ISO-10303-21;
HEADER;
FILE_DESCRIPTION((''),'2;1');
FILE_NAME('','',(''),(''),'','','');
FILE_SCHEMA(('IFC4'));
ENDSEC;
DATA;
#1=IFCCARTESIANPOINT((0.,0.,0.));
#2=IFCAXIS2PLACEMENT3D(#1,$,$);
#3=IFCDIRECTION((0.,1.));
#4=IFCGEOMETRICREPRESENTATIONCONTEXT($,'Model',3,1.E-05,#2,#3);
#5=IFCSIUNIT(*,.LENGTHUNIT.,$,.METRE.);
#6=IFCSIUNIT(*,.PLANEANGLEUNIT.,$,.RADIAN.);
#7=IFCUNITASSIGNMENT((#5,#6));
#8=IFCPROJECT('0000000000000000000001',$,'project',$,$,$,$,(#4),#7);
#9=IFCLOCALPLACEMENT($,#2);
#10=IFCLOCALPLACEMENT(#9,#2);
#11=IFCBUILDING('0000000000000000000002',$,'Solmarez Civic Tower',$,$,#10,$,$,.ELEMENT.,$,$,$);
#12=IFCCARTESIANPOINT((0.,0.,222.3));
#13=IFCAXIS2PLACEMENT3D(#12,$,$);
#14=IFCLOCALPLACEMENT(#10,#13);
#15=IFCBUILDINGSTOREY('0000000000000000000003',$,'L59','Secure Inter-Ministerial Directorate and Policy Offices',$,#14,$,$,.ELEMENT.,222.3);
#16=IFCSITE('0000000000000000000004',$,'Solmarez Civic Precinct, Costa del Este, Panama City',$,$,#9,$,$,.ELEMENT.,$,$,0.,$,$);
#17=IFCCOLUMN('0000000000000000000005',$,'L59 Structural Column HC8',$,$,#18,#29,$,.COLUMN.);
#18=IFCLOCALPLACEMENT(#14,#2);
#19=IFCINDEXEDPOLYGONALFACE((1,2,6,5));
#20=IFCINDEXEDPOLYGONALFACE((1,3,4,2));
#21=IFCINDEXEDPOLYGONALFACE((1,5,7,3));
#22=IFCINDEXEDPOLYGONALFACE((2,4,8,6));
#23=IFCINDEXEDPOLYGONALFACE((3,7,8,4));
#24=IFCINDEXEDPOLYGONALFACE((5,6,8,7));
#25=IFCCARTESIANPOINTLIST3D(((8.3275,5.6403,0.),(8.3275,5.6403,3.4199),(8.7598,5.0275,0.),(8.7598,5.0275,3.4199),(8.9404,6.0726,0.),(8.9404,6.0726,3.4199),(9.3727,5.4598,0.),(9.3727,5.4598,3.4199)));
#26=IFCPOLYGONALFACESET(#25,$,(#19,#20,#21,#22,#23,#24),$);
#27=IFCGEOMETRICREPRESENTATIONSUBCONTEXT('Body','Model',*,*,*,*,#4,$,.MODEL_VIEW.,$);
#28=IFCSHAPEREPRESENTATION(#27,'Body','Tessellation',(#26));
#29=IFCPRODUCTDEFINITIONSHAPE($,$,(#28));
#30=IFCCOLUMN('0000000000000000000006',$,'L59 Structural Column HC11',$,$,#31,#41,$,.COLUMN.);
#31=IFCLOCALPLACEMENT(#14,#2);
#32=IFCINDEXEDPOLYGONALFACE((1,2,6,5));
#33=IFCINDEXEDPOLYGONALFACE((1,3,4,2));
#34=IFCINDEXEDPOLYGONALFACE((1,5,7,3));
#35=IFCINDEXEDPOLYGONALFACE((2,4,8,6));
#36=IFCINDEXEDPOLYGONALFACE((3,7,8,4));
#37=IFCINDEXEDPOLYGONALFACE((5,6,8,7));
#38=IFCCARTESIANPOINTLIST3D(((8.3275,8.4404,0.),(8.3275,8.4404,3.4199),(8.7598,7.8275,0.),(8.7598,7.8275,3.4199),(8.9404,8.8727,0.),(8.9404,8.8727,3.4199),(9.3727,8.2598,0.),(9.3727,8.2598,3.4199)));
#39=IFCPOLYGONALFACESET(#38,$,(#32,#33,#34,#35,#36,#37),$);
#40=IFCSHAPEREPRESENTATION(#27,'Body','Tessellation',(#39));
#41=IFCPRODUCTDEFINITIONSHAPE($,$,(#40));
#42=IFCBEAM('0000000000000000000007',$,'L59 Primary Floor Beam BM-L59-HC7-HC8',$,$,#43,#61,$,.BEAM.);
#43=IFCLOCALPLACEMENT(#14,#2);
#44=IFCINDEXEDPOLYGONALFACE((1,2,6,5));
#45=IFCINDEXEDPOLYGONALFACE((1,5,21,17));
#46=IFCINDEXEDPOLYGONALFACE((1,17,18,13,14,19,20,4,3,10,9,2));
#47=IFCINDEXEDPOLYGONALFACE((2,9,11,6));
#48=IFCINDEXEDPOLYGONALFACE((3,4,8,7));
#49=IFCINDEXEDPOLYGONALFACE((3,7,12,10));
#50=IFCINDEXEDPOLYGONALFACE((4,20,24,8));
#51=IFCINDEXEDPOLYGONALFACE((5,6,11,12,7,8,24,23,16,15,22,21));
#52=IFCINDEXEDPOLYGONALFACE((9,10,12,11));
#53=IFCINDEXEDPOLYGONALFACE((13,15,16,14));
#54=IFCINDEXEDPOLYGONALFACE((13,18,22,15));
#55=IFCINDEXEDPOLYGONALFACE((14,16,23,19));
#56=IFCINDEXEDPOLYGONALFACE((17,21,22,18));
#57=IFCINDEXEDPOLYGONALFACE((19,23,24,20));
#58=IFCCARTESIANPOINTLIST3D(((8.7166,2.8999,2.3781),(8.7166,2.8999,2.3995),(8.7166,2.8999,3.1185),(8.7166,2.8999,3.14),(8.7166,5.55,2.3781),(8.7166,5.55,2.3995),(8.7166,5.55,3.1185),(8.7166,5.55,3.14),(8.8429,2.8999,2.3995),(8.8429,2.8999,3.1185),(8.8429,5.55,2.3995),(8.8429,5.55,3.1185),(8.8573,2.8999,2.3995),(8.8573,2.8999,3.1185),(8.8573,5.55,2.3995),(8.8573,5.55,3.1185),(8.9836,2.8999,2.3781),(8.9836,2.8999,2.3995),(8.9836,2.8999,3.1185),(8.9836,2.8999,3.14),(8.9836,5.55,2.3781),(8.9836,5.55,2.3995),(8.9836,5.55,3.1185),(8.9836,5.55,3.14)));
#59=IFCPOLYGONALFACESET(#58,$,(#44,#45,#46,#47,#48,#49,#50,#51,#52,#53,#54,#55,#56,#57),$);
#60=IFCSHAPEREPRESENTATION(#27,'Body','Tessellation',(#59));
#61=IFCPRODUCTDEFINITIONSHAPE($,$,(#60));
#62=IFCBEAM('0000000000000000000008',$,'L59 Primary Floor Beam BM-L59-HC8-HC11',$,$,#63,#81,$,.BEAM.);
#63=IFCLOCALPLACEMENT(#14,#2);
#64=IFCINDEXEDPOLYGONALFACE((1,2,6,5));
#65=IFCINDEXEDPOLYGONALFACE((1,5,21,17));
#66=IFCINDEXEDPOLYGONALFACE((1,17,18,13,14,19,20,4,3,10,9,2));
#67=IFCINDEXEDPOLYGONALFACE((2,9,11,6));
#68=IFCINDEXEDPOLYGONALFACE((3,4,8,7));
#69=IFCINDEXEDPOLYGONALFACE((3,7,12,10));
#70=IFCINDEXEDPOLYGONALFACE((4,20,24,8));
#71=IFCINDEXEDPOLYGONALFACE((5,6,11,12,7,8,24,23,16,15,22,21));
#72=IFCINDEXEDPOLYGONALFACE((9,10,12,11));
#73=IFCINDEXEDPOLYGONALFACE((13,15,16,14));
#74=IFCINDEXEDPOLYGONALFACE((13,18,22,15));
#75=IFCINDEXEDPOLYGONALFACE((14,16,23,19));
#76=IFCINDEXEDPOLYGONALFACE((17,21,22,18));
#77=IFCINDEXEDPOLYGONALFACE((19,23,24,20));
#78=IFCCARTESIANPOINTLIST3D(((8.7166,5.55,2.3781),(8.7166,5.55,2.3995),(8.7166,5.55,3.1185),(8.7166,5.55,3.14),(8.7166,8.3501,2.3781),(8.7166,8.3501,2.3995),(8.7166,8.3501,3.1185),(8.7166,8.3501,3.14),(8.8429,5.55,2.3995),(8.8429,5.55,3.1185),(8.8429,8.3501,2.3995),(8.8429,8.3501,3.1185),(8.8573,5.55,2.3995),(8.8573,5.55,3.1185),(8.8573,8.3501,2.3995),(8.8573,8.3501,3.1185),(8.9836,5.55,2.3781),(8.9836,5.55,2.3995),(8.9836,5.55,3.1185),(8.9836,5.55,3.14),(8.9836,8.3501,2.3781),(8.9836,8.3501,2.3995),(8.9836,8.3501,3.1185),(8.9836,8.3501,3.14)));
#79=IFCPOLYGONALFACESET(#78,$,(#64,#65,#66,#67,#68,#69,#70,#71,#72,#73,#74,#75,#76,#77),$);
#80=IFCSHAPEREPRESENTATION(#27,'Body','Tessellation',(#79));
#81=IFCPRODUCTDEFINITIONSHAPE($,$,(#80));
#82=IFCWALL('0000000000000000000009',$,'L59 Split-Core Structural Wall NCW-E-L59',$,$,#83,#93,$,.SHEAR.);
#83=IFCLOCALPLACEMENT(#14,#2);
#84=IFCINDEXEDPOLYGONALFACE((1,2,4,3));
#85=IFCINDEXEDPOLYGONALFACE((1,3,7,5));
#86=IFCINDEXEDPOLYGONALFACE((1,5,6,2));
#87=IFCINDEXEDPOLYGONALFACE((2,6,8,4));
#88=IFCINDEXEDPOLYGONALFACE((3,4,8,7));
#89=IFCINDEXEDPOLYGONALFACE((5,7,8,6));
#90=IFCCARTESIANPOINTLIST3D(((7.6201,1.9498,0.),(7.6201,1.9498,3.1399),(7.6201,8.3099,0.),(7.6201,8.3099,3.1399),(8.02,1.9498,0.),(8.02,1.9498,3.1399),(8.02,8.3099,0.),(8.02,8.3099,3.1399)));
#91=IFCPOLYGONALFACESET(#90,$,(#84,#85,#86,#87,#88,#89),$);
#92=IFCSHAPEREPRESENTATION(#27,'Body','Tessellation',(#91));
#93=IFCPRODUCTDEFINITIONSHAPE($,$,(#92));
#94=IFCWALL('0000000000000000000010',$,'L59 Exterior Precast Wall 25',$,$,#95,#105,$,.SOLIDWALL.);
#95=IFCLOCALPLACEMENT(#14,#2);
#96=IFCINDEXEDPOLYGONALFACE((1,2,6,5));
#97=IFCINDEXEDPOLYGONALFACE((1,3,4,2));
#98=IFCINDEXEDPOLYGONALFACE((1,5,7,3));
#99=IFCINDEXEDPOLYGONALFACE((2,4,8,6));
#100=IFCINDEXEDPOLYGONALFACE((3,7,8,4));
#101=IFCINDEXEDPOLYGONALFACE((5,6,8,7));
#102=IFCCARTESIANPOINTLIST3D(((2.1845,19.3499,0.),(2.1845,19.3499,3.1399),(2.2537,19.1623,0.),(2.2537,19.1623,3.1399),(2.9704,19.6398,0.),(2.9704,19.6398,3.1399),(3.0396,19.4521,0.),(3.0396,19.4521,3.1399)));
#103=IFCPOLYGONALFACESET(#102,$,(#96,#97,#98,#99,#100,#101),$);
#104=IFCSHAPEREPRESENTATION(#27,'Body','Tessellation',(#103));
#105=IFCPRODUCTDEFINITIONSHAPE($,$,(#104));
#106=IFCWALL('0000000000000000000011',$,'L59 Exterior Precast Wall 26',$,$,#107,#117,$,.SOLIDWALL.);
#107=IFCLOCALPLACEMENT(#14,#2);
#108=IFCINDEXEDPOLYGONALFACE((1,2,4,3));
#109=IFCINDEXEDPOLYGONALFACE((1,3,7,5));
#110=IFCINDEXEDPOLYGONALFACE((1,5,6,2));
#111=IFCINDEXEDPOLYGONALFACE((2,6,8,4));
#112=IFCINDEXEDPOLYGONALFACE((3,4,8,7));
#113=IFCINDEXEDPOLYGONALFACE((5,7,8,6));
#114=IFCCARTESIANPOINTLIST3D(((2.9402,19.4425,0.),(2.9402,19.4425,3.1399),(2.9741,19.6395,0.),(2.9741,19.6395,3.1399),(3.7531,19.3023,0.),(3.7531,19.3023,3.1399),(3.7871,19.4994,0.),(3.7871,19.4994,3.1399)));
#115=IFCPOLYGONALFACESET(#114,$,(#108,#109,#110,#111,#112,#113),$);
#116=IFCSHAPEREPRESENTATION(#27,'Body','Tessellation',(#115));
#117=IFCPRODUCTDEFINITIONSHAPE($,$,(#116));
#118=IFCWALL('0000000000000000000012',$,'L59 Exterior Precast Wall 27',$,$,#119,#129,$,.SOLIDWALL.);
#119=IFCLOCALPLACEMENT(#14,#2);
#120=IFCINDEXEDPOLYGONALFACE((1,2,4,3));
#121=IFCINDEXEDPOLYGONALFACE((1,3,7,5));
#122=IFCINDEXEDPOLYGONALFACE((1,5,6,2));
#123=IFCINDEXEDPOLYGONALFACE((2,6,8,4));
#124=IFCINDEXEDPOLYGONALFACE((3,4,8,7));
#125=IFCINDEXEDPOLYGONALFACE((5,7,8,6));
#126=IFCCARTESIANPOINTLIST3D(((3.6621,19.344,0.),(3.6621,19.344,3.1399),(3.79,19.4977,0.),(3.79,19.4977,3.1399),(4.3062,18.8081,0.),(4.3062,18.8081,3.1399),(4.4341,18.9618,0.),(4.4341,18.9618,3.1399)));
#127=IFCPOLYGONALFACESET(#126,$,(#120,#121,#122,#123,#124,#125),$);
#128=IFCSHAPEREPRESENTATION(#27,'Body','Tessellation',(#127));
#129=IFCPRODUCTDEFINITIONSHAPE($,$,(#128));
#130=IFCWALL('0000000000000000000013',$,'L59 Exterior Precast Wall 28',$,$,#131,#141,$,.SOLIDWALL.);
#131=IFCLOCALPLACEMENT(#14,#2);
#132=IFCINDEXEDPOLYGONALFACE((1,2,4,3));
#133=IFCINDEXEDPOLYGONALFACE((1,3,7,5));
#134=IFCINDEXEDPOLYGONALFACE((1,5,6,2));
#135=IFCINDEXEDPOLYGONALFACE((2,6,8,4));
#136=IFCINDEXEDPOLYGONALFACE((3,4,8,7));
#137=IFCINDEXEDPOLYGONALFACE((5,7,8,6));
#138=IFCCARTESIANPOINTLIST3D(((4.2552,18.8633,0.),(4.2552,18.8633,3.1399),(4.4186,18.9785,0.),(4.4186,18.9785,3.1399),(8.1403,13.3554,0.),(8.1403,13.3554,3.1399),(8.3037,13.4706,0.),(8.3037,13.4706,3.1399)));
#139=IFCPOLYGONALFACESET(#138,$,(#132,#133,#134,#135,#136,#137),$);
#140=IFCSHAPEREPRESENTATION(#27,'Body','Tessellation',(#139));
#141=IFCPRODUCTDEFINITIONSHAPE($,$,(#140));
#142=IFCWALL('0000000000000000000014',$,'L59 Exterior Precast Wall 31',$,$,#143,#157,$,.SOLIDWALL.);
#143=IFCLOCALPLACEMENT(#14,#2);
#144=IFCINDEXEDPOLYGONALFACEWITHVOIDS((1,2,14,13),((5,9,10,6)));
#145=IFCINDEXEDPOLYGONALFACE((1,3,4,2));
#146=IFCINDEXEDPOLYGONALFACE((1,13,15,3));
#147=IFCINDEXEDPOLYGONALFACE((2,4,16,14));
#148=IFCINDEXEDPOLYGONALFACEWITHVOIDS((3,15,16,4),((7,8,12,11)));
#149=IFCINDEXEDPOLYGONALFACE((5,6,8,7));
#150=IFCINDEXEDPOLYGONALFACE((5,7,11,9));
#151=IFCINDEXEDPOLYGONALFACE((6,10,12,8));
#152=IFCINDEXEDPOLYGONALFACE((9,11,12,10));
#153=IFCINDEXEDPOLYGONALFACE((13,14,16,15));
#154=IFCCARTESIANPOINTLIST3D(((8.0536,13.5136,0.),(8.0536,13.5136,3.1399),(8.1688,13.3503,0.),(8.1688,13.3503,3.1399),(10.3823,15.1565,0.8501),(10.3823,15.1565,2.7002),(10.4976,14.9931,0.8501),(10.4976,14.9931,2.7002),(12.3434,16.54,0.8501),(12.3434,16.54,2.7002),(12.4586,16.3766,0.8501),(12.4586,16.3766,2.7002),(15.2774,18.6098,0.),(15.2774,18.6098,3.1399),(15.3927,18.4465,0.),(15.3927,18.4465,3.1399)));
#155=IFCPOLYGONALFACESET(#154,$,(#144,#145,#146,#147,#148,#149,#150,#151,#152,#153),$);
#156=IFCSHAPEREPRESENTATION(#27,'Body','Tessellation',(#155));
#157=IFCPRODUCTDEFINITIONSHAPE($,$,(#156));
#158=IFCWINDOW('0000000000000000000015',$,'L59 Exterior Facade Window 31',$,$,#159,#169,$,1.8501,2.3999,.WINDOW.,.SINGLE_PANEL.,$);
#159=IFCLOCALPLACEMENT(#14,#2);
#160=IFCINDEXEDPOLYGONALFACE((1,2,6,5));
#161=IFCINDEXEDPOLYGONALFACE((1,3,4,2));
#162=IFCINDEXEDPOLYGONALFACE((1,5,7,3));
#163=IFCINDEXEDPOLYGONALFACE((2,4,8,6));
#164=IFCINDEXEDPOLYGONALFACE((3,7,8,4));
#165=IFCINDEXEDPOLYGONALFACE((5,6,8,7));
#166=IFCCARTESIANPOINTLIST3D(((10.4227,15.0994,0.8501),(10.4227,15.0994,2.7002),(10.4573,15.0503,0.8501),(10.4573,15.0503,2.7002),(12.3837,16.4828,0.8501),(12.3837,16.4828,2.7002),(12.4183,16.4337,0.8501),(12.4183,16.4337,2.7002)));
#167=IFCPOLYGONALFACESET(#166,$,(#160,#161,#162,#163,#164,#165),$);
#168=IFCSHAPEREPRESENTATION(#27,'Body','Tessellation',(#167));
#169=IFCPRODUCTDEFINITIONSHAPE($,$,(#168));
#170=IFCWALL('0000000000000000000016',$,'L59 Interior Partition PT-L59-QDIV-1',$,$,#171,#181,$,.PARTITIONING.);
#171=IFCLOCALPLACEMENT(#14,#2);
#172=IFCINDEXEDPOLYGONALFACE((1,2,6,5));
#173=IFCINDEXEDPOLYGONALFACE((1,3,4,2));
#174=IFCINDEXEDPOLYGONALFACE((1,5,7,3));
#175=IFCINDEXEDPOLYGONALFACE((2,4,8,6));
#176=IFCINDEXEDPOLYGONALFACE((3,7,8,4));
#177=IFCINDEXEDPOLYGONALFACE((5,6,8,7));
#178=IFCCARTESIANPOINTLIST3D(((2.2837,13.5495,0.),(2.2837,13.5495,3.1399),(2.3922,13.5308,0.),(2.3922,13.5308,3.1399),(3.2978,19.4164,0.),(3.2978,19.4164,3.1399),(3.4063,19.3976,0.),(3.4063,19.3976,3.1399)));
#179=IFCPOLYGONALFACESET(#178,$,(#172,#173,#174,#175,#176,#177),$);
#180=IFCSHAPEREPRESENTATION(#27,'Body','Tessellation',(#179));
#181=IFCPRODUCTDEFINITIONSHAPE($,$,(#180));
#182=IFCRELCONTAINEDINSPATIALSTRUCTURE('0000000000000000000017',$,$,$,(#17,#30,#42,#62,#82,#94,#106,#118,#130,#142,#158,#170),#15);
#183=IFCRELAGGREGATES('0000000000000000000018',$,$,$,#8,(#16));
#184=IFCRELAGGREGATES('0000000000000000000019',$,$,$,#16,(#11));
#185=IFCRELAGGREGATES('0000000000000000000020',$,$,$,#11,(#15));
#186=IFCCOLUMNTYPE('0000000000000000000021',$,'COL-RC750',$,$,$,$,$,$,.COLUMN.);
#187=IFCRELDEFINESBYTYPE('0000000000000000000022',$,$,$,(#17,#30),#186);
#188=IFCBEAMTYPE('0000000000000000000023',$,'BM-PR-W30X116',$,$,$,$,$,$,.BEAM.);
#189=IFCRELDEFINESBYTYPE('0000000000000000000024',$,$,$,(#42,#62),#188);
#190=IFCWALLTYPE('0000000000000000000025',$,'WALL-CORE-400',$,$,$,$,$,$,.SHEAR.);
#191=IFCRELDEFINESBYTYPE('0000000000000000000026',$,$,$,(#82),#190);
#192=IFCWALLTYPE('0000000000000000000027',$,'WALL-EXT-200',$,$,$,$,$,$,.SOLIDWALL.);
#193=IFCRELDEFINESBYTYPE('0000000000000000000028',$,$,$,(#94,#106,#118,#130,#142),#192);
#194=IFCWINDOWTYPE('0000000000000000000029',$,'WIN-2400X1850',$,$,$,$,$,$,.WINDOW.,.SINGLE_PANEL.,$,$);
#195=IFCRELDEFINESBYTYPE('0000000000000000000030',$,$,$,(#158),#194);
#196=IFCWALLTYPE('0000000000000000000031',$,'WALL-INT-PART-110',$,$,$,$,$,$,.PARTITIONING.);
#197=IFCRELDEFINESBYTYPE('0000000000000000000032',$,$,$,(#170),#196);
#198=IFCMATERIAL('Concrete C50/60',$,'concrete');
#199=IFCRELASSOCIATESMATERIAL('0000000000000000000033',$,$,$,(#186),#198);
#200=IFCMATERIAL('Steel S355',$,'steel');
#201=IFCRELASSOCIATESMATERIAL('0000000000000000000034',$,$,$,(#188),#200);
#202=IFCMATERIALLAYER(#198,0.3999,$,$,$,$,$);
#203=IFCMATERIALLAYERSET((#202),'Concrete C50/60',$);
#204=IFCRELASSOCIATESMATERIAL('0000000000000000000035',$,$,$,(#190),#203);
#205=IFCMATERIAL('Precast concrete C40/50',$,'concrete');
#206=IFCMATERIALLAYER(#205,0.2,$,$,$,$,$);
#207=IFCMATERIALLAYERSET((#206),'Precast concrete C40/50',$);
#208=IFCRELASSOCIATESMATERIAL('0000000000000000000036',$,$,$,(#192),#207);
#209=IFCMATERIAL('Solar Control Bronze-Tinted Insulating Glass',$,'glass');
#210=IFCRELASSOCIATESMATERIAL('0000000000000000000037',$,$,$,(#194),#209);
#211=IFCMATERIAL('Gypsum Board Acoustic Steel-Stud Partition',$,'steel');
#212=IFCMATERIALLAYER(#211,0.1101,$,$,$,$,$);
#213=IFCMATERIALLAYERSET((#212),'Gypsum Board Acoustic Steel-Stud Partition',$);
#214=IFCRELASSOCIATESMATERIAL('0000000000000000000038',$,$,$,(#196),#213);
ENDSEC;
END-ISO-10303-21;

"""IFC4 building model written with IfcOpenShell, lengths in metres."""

from ifc_helpers import new_model, si_unit, direction, frame, frame_2d, origin, origin_2d, place, context, subcontext, project, spatial, rectangle, i_section, extrude, material, layer, layer_set, material_profile, profile_set, type_object, element, fill, save


model = new_model("IFC4")

# Units and contexts
model_context = context("Model", 3, precision=1e-05, world=origin(), true_north=direction((0.0, 1.0)))
body_context = subcontext(model_context, "Body", "Model", "MODEL_VIEW")
ifc_project = project(units=[si_unit("LENGTHUNIT", "METRE"), si_unit("PLANEANGLEUNIT", "RADIAN")], contexts=[model_context])

# Site, building, storey
site_placement = place(None, origin())
site = spatial("IfcSite", under=ifc_project, at=site_placement, Name="Solmarez Civic Precinct, Costa del Este, Panama City", CompositionType="ELEMENT", RefElevation=0.0)
building_placement = place(site_placement, origin())
building = spatial("IfcBuilding", under=site, at=building_placement, Name="Solmarez Civic Tower", CompositionType="ELEMENT")
storey_placement = place(building_placement, frame((0.0, 0.0, 222.3)))
storey = spatial("IfcBuildingStorey", under=building, at=storey_placement, Name="L59", Description="Secure Inter-Ministerial Directorate and Policy Offices", CompositionType="ELEMENT", Elevation=222.3)

# Columns
ifc_material_1 = material(Name="Concrete C50/60", Category="concrete")
ifc_material_profile_1 = material_profile(ifc_material_1, rectangle(XDim=0.75, YDim=0.75, at=origin_2d()), Name="RC750X750")
ifc_profile_set_1 = profile_set([ifc_material_profile_1], Name="Concrete C50/60")
column_type = type_object("IfcColumnType", Name="COL-RC750", PredefinedType="COLUMN", material=ifc_profile_set_1)
for number, where, z_axis, x_axis, name in (
    (1, (8.8501, 5.55, 0.0), (0.0, 0.0, 1.0), (0.817145, 0.576432, 0.0), "L59 Structural Column HC8"),
    (2, (8.8501, 8.3501, 0.0), (0.0, 0.0, 1.0), (0.817145, 0.576432, 0.0), "L59 Structural Column HC11"),
):
    element("IfcColumn", number, at=place(storey_placement, frame(where, z_axis=z_axis, x_axis=x_axis)), inside=storey, type_object=column_type, Name=name, PredefinedType="COLUMN", context=body_context, shape_type="SweptSolid", body=[
        extrude(rectangle(XDim=0.75, YDim=0.75, at=origin_2d()), origin(), (0.0, 0.0, 1.0), 3.4199),
    ])

# Beams
ifc_material_2 = material(Name="Steel S355", Category="steel")
ifc_material_profile_2 = material_profile(ifc_material_2, i_section(OverallWidth=0.2671, OverallDepth=0.762, WebThickness=0.0144, FlangeThickness=0.0215, at=origin_2d()), Name="W30X116")
ifc_profile_set_2 = profile_set([ifc_material_profile_2], Name="Steel S355")
beam_type = type_object("IfcBeamType", Name="BM-PR-W30X116", PredefinedType="BEAM", material=ifc_profile_set_2)
beam_1_placement = place(storey_placement, frame((8.8501, 2.8999, 2.759), z_axis=(0.0, 1.0, 0.0), x_axis=(-1.0, 0.0, 0.0)))
element("IfcBeam", 3, at=beam_1_placement, inside=storey, type_object=beam_type, Name="L59 Primary Floor Beam BM-L59-HC7-HC8", PredefinedType="BEAM", context=body_context, shape_type="SweptSolid", body=[
    extrude(i_section(OverallWidth=0.2671, OverallDepth=0.762, WebThickness=0.0144, FlangeThickness=0.0215, at=origin_2d()), origin(), (0.0, 0.0, 1.0), 2.6501),
])
beam_2_placement = place(storey_placement, frame((8.8501, 5.55, 2.759), z_axis=(0.0, 1.0, 0.0), x_axis=(-1.0, 0.0, 0.0)))
element("IfcBeam", 4, at=beam_2_placement, inside=storey, type_object=beam_type, Name="L59 Primary Floor Beam BM-L59-HC8-HC11", PredefinedType="BEAM", context=body_context, shape_type="SweptSolid", body=[
    extrude(i_section(OverallWidth=0.2671, OverallDepth=0.762, WebThickness=0.0144, FlangeThickness=0.0215, at=origin_2d()), origin(), (0.0, 0.0, 1.0), 2.8),
])

# Walls
ifc_layer_1 = layer(ifc_material_1, 0.3999)
ifc_layer_set_1 = layer_set([ifc_layer_1], Name="Concrete C50/60")
wall_type_1 = type_object("IfcWallType", Name="WALL-CORE-400", PredefinedType="SHEAR", material=ifc_layer_set_1)
wall_1_placement = place(storey_placement, frame((7.8201, 8.3101, 0.0), z_axis=(0.0, 0.0, 1.0), x_axis=(0.0, -1.0, 0.0)))
element("IfcWall", 5, at=wall_1_placement, inside=storey, type_object=wall_type_1, Name="L59 Split-Core Structural Wall NCW-E-L59", PredefinedType="SHEAR", context=body_context, shape_type="SweptSolid", body=[
    extrude(rectangle(XDim=6.3601, YDim=0.3999, at=frame_2d((3.1802, 0.0))), origin(), (0.0, 0.0, 1.0), 3.1399),
])
ifc_material_3 = material(Name="Precast concrete C40/50", Category="concrete")
ifc_layer_2 = layer(ifc_material_3, 0.2)
ifc_layer_set_2 = layer_set([ifc_layer_2], Name="Precast concrete C40/50")
wall_type_2 = type_object("IfcWallType", Name="WALL-EXT-200", PredefinedType="SOLIDWALL", material=ifc_layer_set_2)
wall_2_placement = place(storey_placement, frame((2.219, 19.2561, 0.0), z_axis=(0.0, 0.0, 1.0), x_axis=(0.938244, 0.345975, 0.0)))
element("IfcWall", 6, at=wall_2_placement, inside=storey, type_object=wall_type_2, Name="L59 Exterior Precast Wall 25", PredefinedType="SOLIDWALL", context=body_context, shape_type="SweptSolid", body=[
    extrude(rectangle(XDim=0.8376, YDim=0.2, at=frame_2d((0.4189, 0.0))), origin(), (0.0, 0.0, 1.0), 3.1399),
])
wall_3_placement = place(storey_placement, frame((2.957, 19.541, 0.0), z_axis=(0.0, 0.0, 1.0), x_axis=(0.985467, -0.169867, 0.0)))
element("IfcWall", 7, at=wall_3_placement, inside=storey, type_object=wall_type_2, Name="L59 Exterior Precast Wall 26", PredefinedType="SOLIDWALL", context=body_context, shape_type="SweptSolid", body=[
    extrude(rectangle(XDim=0.825, YDim=0.2, at=frame_2d((0.4126, 0.0))), origin(), (0.0, 0.0, 1.0), 3.1399),
])
wall_4_placement = place(storey_placement, frame((3.7261, 19.4209, 0.0), z_axis=(0.0, 0.0, 1.0), x_axis=(0.768699, -0.639611, 0.0)))
element("IfcWall", 8, at=wall_4_placement, inside=storey, type_object=wall_type_2, Name="L59 Exterior Precast Wall 27", PredefinedType="SOLIDWALL", context=body_context, shape_type="SweptSolid", body=[
    extrude(rectangle(XDim=0.8379, YDim=0.2, at=frame_2d((0.4189, 0.0))), origin(), (0.0, 0.0, 1.0), 3.1399),
])
wall_5_placement = place(storey_placement, frame((4.3369, 18.9209, 0.0), z_axis=(0.0, 0.0, 1.0), x_axis=(0.5764, -0.817168, 0.0)))
element("IfcWall", 9, at=wall_5_placement, inside=storey, type_object=wall_type_2, Name="L59 Exterior Precast Wall 28", PredefinedType="SOLIDWALL", context=body_context, shape_type="SweptSolid", body=[
    extrude(rectangle(XDim=6.7402, YDim=0.2, at=frame_2d((3.3701, 0.0))), origin(), (0.0, 0.0, 1.0), 3.1399),
])

# Wall, opening, window
wall_6_placement = place(storey_placement, frame((8.1111, 13.4319, 0.0), z_axis=(0.0, 0.0, 1.0), x_axis=(0.817129, 0.576455, 0.0)))
wall_6 = element("IfcWall", 10, at=wall_6_placement, inside=storey, type_object=wall_type_2, Name="L59 Exterior Precast Wall 31", PredefinedType="SOLIDWALL", context=body_context, shape_type="SweptSolid", body=[
    extrude(rectangle(XDim=8.8406, YDim=0.2, at=frame_2d((4.4204, 0.0))), origin(), (0.0, 0.0, 1.0), 3.1399),
])
opening_1_placement = place(wall_6_placement, frame((2.8501, 0.0, 0.8501)))
opening_1 = element("IfcOpeningElement", 11, at=opening_1_placement, cuts=wall_6, PredefinedType="OPENING", context=body_context, shape_type="SweptSolid", body=[
    extrude(rectangle(XDim=2.3999, YDim=1.8501, at=frame_2d((1.2, 0.925))), frame((0.0, 0.1099, 0.0), z_axis=(0.0, -1.0, 0.0), x_axis=(1.0, 0.0, 0.0)), (0.0, 0.0, 1.0), 0.22),
])
ifc_material_4 = material(Name="Solar Control Bronze-Tinted Insulating Glass", Category="glass")
window_type = type_object("IfcWindowType", Name="WIN-2400X1850", PartitioningType="SINGLE_PANEL", PredefinedType="WINDOW", material=ifc_material_4)
window_placement = place(opening_1_placement, origin())
window = element("IfcWindow", 12, at=window_placement, inside=storey, type_object=window_type, Name="L59 Exterior Facade Window 31", OverallHeight=1.8501, OverallWidth=2.3999, PartitioningType="SINGLE_PANEL", PredefinedType="WINDOW", context=body_context, shape_type="SweptSolid", body=[
    extrude(rectangle(XDim=2.3999, YDim=1.8501, at=frame_2d((1.2, 0.925))), frame((0.0, 0.03, 0.0), z_axis=(0.0, -1.0, 0.0), x_axis=(1.0, 0.0, 0.0)), (0.0, 0.0, 1.0), 0.0601),
])
fill(opening_1, window)

# Wall
ifc_material_5 = material(Name="Gypsum Board Acoustic Steel-Stud Partition", Category="steel")
ifc_layer_3 = layer(ifc_material_5, 0.1101)
ifc_layer_set_3 = layer_set([ifc_layer_3], Name="Gypsum Board Acoustic Steel-Stud Partition")
wall_type_3 = type_object("IfcWallType", Name="WALL-INT-PART-110", PredefinedType="PARTITIONING", material=ifc_layer_set_3)
wall_7_placement = place(storey_placement, frame((2.3379, 13.54, 0.0), z_axis=(0.0, 0.0, 1.0), x_axis=(0.170334, 0.985386, 0.0)))
element("IfcWall", 13, at=wall_7_placement, inside=storey, type_object=wall_type_3, Name="L59 Interior Partition PT-L59-QDIV-1", PredefinedType="PARTITIONING", context=body_context, shape_type="SweptSolid", body=[
    extrude(rectangle(XDim=5.9539, YDim=0.1101, at=frame_2d((2.9771, 0.0))), origin(), (0.0, 0.0, 1.0), 3.1399),
])

save(model, "model.ifc")
